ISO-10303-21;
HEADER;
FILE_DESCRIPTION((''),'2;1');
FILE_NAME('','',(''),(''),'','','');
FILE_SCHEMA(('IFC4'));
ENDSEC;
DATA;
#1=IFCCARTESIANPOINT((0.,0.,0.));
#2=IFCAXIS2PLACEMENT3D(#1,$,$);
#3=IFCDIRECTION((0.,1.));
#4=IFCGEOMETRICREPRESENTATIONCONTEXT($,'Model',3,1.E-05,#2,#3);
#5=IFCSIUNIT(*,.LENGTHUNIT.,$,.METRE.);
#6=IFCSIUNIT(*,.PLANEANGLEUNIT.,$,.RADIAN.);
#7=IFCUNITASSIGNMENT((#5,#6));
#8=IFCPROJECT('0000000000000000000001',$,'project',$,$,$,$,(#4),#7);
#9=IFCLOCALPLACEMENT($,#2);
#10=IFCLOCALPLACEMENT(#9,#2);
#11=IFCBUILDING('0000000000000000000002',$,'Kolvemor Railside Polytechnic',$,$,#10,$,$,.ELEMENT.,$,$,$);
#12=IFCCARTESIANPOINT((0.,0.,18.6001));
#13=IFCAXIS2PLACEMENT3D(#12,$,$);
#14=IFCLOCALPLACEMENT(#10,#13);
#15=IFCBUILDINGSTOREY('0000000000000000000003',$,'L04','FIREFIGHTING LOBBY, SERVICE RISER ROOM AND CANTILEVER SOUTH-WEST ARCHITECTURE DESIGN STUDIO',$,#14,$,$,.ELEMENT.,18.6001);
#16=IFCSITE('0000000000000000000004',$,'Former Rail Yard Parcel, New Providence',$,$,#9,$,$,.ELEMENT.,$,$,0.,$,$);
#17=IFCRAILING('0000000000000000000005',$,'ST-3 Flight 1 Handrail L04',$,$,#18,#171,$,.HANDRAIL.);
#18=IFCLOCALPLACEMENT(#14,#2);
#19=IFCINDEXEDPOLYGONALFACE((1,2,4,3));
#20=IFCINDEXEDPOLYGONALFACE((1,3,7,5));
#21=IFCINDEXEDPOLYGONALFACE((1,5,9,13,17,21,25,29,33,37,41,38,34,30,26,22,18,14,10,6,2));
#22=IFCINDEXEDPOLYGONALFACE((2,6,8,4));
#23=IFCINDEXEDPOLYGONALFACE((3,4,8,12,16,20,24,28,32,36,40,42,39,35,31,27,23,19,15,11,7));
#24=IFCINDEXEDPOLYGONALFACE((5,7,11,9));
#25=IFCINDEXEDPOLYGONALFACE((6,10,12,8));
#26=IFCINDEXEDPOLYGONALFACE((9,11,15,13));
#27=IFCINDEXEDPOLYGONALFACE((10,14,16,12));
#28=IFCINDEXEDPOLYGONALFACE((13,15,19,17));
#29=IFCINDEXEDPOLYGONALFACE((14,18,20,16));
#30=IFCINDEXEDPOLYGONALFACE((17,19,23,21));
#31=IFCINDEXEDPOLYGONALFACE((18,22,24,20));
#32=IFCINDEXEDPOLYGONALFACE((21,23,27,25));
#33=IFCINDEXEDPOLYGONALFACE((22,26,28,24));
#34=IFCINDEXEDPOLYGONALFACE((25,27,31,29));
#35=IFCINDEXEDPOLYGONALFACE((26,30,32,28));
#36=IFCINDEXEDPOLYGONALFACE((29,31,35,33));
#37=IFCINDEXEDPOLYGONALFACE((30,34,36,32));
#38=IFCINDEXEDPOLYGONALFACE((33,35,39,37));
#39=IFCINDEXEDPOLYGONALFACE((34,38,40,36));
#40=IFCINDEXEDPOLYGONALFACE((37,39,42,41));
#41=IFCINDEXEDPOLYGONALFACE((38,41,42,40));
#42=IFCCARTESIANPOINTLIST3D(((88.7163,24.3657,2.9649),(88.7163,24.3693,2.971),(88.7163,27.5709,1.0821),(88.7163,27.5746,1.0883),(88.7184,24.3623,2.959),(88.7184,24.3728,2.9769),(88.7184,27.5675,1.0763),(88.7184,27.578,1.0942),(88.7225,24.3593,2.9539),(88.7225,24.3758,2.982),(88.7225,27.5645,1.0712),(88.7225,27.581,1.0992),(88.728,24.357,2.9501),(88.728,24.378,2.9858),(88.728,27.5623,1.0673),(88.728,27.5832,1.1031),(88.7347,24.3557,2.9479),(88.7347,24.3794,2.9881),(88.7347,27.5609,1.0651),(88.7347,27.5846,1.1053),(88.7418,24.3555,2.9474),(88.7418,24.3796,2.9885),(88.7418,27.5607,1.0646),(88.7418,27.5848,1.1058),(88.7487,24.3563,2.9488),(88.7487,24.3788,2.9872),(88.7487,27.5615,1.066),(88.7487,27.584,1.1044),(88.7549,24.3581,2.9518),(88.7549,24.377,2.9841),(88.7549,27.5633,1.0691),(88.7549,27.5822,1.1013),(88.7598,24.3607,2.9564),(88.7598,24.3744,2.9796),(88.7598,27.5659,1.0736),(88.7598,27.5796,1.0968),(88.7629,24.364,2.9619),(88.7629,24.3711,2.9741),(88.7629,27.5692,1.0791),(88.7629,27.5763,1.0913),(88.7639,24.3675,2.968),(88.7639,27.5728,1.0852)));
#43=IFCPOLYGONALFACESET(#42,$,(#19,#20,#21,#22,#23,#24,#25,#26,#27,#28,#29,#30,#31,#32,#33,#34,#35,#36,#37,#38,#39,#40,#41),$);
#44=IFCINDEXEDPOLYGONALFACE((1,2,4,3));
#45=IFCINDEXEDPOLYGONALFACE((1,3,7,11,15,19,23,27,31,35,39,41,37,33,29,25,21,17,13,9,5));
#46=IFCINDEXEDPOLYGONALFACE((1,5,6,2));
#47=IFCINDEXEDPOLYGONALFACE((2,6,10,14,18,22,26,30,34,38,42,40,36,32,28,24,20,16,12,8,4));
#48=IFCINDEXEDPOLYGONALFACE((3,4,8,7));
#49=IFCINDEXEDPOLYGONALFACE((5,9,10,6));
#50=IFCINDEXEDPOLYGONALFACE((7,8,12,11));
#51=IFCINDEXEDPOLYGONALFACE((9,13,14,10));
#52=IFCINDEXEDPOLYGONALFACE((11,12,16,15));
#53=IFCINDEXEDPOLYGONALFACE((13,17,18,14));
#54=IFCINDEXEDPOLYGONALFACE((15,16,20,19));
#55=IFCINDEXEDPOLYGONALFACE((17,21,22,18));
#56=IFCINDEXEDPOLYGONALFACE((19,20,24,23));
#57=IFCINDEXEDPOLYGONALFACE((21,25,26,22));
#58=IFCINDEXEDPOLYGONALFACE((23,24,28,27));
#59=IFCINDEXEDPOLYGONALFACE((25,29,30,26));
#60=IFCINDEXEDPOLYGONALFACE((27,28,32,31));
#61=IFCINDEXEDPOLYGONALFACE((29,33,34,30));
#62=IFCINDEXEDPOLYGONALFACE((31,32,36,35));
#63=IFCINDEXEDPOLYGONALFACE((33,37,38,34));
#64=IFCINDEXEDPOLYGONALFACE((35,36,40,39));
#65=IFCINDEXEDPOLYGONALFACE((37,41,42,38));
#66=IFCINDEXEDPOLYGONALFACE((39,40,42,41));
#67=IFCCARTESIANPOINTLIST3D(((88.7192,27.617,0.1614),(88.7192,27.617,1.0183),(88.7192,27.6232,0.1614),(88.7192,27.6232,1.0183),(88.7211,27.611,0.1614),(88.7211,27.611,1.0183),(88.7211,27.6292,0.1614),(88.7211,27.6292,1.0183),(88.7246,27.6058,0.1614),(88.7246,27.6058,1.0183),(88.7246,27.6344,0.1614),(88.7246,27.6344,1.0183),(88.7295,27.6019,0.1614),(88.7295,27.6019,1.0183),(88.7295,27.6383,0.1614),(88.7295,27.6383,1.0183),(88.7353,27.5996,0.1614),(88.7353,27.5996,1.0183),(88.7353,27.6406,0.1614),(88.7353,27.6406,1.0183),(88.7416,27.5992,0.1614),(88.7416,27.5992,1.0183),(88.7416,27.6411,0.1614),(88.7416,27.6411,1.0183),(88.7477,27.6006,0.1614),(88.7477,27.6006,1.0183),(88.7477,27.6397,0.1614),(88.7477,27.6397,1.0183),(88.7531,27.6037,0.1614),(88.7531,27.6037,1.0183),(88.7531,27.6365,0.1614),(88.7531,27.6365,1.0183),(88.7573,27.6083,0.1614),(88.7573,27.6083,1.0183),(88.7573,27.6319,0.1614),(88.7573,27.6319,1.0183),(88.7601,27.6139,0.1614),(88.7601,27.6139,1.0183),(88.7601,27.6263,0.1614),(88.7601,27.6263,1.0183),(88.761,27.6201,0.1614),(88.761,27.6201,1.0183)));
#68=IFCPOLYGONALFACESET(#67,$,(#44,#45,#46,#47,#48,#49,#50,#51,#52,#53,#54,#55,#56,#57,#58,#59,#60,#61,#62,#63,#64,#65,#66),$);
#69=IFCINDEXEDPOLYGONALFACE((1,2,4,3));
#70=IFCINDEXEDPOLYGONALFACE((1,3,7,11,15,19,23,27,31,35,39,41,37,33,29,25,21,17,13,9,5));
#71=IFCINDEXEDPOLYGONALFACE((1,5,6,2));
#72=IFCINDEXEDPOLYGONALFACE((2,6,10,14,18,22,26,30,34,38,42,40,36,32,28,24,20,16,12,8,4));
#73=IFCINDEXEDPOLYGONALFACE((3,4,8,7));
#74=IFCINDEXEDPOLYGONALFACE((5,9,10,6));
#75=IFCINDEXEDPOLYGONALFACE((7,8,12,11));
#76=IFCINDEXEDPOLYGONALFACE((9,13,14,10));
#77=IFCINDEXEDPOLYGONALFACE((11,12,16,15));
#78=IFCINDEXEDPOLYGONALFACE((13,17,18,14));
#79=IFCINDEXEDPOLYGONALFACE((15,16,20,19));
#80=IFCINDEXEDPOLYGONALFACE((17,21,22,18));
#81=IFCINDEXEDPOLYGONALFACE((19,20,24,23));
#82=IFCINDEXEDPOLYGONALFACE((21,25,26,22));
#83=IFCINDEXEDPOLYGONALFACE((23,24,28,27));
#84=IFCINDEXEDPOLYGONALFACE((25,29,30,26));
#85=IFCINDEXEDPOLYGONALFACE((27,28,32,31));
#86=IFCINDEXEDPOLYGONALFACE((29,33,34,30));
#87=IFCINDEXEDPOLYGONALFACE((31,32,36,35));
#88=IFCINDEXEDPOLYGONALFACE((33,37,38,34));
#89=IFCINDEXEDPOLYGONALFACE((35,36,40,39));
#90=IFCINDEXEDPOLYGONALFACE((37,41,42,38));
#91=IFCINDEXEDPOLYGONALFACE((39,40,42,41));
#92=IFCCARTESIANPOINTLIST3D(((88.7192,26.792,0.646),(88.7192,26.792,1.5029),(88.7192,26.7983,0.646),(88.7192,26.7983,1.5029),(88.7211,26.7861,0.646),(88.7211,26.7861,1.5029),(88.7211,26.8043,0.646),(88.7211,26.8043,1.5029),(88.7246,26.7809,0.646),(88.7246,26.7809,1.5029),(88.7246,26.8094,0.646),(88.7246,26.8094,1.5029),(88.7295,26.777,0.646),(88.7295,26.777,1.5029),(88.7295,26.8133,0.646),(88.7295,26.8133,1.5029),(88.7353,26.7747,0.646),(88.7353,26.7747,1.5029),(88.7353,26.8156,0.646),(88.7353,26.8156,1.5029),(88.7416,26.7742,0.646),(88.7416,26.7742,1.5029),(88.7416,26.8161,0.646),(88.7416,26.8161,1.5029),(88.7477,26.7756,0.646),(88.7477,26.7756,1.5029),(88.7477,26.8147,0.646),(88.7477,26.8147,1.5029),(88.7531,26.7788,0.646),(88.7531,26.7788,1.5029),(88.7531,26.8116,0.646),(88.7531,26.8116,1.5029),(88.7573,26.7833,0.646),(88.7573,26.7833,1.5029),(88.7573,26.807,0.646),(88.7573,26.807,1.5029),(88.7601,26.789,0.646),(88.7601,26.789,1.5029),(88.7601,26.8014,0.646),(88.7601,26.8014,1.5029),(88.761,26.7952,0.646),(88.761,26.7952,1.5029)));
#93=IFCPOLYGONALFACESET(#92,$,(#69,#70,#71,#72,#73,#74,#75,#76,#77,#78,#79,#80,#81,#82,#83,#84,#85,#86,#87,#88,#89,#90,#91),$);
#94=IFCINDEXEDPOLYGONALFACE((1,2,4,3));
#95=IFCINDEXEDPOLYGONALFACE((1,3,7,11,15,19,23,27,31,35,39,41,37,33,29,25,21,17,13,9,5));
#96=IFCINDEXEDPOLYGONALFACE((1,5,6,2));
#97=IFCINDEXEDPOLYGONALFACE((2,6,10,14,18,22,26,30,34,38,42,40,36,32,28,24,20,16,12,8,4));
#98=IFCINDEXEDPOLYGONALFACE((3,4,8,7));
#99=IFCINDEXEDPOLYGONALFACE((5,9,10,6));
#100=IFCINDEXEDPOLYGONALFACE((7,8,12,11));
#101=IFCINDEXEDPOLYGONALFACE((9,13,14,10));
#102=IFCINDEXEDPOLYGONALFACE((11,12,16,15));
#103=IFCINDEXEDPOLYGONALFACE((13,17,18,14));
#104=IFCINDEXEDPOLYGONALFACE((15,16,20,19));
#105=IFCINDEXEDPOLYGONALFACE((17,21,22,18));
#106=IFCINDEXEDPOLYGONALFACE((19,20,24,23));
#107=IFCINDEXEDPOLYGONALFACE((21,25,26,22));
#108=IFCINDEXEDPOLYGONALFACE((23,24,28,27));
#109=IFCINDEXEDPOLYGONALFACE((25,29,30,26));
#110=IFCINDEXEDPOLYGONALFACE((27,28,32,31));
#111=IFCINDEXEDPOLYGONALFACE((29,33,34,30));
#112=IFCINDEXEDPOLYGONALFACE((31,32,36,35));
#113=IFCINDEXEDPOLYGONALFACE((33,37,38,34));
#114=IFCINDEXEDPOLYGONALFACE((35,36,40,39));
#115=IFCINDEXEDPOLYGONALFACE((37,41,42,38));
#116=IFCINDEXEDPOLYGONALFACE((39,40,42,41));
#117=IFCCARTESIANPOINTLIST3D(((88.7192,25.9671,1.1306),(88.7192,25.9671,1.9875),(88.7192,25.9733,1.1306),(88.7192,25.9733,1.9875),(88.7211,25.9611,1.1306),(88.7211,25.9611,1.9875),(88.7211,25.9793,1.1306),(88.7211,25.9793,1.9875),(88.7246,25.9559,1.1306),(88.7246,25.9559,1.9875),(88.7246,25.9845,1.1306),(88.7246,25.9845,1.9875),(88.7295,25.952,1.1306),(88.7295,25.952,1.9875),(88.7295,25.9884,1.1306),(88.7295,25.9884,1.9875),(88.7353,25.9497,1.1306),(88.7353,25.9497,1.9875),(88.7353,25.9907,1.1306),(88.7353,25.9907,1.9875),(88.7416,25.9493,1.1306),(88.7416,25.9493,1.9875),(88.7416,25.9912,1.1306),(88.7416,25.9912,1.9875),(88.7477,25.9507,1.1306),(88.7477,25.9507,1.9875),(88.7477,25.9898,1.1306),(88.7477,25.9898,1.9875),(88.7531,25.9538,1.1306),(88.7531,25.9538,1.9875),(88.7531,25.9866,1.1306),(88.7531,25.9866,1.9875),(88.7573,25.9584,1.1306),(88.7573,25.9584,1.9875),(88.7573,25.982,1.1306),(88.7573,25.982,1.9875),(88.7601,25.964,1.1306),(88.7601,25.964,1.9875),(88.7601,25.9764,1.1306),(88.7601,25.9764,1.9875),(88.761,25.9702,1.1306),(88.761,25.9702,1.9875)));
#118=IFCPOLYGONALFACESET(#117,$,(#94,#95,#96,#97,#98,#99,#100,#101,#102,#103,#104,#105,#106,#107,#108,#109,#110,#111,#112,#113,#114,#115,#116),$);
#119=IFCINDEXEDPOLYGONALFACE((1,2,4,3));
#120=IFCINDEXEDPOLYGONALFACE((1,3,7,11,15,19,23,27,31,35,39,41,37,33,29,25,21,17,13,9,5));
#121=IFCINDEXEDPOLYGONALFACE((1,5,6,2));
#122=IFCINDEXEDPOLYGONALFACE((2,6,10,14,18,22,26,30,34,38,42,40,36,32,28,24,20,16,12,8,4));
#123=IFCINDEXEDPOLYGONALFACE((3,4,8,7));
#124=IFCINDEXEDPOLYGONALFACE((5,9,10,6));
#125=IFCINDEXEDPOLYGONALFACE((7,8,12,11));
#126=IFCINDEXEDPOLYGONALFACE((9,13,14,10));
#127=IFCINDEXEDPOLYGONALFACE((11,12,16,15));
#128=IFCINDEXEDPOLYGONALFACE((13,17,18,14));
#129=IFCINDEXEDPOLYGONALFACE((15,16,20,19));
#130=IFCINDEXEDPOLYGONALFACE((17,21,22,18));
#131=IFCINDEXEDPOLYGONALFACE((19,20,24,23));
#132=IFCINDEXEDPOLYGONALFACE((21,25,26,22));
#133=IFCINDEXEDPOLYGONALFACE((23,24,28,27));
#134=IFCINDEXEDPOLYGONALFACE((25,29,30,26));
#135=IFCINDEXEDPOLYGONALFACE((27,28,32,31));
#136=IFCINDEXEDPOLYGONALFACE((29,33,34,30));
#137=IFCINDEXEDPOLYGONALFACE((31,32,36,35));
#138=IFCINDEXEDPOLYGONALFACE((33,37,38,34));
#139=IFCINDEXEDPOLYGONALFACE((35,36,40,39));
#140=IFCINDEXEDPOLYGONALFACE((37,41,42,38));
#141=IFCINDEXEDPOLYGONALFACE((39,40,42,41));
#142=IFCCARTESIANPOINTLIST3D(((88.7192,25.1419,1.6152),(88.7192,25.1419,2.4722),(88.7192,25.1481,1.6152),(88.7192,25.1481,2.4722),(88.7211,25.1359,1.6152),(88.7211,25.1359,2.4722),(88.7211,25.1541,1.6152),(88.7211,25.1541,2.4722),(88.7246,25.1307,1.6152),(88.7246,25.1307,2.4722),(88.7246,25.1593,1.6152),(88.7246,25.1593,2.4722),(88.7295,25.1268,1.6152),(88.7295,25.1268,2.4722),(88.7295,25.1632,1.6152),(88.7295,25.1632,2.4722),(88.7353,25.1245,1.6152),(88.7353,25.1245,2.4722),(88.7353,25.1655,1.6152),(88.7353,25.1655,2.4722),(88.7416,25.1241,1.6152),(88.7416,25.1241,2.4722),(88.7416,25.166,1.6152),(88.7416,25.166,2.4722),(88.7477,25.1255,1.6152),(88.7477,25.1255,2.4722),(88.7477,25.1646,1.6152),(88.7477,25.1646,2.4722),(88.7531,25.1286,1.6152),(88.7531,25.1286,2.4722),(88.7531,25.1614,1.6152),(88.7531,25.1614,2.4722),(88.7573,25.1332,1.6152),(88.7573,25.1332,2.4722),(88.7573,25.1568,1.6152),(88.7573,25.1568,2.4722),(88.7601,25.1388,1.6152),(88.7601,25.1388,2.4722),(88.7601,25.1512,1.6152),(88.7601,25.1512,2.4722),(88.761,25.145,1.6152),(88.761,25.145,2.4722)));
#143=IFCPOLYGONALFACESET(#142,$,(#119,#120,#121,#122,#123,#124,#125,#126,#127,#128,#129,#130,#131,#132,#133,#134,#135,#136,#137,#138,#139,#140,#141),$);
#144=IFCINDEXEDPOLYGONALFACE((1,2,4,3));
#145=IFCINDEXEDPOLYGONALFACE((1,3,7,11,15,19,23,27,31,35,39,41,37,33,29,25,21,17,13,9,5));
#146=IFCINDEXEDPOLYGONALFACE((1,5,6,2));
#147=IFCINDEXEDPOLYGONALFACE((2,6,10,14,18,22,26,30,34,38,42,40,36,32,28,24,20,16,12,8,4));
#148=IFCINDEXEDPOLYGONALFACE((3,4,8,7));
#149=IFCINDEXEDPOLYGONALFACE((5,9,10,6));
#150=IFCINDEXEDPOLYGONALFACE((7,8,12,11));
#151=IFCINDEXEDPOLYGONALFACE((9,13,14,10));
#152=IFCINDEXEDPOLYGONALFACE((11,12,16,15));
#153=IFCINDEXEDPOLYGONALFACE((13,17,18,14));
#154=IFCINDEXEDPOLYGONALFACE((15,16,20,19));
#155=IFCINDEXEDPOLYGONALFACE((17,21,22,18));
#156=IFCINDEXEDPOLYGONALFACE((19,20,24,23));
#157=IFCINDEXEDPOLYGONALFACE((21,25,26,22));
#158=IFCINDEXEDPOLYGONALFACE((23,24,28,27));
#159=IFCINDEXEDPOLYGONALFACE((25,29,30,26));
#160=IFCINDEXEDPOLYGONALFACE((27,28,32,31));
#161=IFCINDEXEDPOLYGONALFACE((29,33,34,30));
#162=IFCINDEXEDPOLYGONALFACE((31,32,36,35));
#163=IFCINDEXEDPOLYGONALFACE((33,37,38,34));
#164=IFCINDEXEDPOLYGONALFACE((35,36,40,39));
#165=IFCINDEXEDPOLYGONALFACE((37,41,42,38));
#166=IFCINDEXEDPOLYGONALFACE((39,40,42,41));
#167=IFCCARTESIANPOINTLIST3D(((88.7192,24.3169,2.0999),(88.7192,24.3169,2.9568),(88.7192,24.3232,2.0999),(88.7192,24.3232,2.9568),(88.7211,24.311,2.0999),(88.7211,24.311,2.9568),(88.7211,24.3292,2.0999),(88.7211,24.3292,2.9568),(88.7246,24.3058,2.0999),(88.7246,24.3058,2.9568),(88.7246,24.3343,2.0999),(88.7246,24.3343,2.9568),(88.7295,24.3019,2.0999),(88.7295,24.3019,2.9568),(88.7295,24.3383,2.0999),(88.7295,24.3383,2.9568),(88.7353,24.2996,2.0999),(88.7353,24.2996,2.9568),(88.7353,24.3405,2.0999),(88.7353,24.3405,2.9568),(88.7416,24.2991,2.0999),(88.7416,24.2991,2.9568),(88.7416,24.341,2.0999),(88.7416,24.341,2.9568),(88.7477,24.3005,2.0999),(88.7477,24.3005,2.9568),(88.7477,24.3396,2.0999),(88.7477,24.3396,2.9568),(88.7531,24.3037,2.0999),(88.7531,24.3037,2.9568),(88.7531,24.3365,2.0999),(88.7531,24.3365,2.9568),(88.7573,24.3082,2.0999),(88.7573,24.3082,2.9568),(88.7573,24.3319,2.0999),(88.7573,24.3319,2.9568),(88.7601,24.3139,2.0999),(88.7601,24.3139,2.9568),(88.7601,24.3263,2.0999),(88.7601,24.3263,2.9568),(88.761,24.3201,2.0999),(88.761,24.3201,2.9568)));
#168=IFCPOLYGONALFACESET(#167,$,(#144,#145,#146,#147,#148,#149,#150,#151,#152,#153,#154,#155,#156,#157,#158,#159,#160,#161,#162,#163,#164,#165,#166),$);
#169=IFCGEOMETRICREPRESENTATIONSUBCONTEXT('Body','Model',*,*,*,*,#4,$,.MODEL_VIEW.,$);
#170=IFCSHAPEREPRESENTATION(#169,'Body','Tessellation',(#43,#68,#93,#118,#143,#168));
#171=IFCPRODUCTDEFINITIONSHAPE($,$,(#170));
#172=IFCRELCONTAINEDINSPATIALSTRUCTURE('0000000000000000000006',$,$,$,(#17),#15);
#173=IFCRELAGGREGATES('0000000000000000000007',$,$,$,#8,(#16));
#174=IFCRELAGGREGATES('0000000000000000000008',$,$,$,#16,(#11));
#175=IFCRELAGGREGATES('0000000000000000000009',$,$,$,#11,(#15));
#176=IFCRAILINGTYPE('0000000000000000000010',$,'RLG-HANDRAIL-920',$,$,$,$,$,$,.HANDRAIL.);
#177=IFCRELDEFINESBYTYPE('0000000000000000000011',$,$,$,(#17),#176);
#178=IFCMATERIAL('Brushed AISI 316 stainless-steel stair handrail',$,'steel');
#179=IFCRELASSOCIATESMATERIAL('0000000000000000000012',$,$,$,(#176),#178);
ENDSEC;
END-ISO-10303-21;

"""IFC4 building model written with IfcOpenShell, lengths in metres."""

from ifc_helpers import new_model, si_unit, direction, frame, origin, origin_2d, place, context, subcontext, project, spatial, circle, extrude, material, type_object, element, save


model = new_model("IFC4")

# Units and contexts
model_context = context("Model", 3, precision=1e-05, world=origin(), true_north=direction((0.0, 1.0)))
body_context = subcontext(model_context, "Body", "Model", "MODEL_VIEW")
ifc_project = project(units=[si_unit("LENGTHUNIT", "METRE"), si_unit("PLANEANGLEUNIT", "RADIAN")], contexts=[model_context])

# Site, building, storey
site_placement = place(None, origin())
site = spatial("IfcSite", under=ifc_project, at=site_placement, Name="Former Rail Yard Parcel, New Providence", CompositionType="ELEMENT", RefElevation=0.0)
building_placement = place(site_placement, origin())
building = spatial("IfcBuilding", under=site, at=building_placement, Name="Kolvemor Railside Polytechnic", CompositionType="ELEMENT")
storey_placement = place(building_placement, frame((0.0, 0.0, 18.6001)))
storey = spatial("IfcBuildingStorey", under=building, at=storey_placement, Name="L04", Description="FIREFIGHTING LOBBY, SERVICE RISER ROOM AND CANTILEVER SOUTH-WEST ARCHITECTURE DESIGN STUDIO", CompositionType="ELEMENT", Elevation=18.6001)

# Railing
ifc_material_1 = material(Name="Brushed AISI 316 stainless-steel stair handrail", Category="steel")
railing_type_1 = type_object("IfcRailingType", Name="RLG-HANDRAIL-920", PredefinedType="HANDRAIL", material=ifc_material_1)
railing_1_placement = place(storey_placement, frame((88.74, 27.6201, 0.1614)))
element("IfcRailing", 1, at=railing_1_placement, inside=storey, type_object=railing_type_1, Name="ST-3 Flight 1 Handrail L04", PredefinedType="HANDRAIL", context=body_context, shape_type="SweptSolid", body=[
    extrude(circle(Radius=0.0239, at=origin_2d()), frame((0.0, -0.0474, 0.9238), z_axis=(0.0, -0.862246, 0.50649), x_axis=(1.0, 0.0, 0.0)), (0.0, 0.0, 1.0), 3.7173),
    extrude(circle(Radius=0.021, at=origin_2d()), origin(), (0.0, 0.0, 1.0), 0.8569),
    extrude(circle(Radius=0.021, at=origin_2d()), frame((0.0, -0.825, 0.4846)), (0.0, 0.0, 1.0), 0.8569),
    extrude(circle(Radius=0.021, at=origin_2d()), frame((0.0, -1.6499, 0.9692)), (0.0, 0.0, 1.0), 0.8569),
    extrude(circle(Radius=0.021, at=origin_2d()), frame((0.0, -2.4751, 1.4539)), (0.0, 0.0, 1.0), 0.8569),
    extrude(circle(Radius=0.021, at=origin_2d()), frame((0.0, -3.3, 1.9385)), (0.0, 0.0, 1.0), 0.8569),
])

save(model, "model.ifc")
